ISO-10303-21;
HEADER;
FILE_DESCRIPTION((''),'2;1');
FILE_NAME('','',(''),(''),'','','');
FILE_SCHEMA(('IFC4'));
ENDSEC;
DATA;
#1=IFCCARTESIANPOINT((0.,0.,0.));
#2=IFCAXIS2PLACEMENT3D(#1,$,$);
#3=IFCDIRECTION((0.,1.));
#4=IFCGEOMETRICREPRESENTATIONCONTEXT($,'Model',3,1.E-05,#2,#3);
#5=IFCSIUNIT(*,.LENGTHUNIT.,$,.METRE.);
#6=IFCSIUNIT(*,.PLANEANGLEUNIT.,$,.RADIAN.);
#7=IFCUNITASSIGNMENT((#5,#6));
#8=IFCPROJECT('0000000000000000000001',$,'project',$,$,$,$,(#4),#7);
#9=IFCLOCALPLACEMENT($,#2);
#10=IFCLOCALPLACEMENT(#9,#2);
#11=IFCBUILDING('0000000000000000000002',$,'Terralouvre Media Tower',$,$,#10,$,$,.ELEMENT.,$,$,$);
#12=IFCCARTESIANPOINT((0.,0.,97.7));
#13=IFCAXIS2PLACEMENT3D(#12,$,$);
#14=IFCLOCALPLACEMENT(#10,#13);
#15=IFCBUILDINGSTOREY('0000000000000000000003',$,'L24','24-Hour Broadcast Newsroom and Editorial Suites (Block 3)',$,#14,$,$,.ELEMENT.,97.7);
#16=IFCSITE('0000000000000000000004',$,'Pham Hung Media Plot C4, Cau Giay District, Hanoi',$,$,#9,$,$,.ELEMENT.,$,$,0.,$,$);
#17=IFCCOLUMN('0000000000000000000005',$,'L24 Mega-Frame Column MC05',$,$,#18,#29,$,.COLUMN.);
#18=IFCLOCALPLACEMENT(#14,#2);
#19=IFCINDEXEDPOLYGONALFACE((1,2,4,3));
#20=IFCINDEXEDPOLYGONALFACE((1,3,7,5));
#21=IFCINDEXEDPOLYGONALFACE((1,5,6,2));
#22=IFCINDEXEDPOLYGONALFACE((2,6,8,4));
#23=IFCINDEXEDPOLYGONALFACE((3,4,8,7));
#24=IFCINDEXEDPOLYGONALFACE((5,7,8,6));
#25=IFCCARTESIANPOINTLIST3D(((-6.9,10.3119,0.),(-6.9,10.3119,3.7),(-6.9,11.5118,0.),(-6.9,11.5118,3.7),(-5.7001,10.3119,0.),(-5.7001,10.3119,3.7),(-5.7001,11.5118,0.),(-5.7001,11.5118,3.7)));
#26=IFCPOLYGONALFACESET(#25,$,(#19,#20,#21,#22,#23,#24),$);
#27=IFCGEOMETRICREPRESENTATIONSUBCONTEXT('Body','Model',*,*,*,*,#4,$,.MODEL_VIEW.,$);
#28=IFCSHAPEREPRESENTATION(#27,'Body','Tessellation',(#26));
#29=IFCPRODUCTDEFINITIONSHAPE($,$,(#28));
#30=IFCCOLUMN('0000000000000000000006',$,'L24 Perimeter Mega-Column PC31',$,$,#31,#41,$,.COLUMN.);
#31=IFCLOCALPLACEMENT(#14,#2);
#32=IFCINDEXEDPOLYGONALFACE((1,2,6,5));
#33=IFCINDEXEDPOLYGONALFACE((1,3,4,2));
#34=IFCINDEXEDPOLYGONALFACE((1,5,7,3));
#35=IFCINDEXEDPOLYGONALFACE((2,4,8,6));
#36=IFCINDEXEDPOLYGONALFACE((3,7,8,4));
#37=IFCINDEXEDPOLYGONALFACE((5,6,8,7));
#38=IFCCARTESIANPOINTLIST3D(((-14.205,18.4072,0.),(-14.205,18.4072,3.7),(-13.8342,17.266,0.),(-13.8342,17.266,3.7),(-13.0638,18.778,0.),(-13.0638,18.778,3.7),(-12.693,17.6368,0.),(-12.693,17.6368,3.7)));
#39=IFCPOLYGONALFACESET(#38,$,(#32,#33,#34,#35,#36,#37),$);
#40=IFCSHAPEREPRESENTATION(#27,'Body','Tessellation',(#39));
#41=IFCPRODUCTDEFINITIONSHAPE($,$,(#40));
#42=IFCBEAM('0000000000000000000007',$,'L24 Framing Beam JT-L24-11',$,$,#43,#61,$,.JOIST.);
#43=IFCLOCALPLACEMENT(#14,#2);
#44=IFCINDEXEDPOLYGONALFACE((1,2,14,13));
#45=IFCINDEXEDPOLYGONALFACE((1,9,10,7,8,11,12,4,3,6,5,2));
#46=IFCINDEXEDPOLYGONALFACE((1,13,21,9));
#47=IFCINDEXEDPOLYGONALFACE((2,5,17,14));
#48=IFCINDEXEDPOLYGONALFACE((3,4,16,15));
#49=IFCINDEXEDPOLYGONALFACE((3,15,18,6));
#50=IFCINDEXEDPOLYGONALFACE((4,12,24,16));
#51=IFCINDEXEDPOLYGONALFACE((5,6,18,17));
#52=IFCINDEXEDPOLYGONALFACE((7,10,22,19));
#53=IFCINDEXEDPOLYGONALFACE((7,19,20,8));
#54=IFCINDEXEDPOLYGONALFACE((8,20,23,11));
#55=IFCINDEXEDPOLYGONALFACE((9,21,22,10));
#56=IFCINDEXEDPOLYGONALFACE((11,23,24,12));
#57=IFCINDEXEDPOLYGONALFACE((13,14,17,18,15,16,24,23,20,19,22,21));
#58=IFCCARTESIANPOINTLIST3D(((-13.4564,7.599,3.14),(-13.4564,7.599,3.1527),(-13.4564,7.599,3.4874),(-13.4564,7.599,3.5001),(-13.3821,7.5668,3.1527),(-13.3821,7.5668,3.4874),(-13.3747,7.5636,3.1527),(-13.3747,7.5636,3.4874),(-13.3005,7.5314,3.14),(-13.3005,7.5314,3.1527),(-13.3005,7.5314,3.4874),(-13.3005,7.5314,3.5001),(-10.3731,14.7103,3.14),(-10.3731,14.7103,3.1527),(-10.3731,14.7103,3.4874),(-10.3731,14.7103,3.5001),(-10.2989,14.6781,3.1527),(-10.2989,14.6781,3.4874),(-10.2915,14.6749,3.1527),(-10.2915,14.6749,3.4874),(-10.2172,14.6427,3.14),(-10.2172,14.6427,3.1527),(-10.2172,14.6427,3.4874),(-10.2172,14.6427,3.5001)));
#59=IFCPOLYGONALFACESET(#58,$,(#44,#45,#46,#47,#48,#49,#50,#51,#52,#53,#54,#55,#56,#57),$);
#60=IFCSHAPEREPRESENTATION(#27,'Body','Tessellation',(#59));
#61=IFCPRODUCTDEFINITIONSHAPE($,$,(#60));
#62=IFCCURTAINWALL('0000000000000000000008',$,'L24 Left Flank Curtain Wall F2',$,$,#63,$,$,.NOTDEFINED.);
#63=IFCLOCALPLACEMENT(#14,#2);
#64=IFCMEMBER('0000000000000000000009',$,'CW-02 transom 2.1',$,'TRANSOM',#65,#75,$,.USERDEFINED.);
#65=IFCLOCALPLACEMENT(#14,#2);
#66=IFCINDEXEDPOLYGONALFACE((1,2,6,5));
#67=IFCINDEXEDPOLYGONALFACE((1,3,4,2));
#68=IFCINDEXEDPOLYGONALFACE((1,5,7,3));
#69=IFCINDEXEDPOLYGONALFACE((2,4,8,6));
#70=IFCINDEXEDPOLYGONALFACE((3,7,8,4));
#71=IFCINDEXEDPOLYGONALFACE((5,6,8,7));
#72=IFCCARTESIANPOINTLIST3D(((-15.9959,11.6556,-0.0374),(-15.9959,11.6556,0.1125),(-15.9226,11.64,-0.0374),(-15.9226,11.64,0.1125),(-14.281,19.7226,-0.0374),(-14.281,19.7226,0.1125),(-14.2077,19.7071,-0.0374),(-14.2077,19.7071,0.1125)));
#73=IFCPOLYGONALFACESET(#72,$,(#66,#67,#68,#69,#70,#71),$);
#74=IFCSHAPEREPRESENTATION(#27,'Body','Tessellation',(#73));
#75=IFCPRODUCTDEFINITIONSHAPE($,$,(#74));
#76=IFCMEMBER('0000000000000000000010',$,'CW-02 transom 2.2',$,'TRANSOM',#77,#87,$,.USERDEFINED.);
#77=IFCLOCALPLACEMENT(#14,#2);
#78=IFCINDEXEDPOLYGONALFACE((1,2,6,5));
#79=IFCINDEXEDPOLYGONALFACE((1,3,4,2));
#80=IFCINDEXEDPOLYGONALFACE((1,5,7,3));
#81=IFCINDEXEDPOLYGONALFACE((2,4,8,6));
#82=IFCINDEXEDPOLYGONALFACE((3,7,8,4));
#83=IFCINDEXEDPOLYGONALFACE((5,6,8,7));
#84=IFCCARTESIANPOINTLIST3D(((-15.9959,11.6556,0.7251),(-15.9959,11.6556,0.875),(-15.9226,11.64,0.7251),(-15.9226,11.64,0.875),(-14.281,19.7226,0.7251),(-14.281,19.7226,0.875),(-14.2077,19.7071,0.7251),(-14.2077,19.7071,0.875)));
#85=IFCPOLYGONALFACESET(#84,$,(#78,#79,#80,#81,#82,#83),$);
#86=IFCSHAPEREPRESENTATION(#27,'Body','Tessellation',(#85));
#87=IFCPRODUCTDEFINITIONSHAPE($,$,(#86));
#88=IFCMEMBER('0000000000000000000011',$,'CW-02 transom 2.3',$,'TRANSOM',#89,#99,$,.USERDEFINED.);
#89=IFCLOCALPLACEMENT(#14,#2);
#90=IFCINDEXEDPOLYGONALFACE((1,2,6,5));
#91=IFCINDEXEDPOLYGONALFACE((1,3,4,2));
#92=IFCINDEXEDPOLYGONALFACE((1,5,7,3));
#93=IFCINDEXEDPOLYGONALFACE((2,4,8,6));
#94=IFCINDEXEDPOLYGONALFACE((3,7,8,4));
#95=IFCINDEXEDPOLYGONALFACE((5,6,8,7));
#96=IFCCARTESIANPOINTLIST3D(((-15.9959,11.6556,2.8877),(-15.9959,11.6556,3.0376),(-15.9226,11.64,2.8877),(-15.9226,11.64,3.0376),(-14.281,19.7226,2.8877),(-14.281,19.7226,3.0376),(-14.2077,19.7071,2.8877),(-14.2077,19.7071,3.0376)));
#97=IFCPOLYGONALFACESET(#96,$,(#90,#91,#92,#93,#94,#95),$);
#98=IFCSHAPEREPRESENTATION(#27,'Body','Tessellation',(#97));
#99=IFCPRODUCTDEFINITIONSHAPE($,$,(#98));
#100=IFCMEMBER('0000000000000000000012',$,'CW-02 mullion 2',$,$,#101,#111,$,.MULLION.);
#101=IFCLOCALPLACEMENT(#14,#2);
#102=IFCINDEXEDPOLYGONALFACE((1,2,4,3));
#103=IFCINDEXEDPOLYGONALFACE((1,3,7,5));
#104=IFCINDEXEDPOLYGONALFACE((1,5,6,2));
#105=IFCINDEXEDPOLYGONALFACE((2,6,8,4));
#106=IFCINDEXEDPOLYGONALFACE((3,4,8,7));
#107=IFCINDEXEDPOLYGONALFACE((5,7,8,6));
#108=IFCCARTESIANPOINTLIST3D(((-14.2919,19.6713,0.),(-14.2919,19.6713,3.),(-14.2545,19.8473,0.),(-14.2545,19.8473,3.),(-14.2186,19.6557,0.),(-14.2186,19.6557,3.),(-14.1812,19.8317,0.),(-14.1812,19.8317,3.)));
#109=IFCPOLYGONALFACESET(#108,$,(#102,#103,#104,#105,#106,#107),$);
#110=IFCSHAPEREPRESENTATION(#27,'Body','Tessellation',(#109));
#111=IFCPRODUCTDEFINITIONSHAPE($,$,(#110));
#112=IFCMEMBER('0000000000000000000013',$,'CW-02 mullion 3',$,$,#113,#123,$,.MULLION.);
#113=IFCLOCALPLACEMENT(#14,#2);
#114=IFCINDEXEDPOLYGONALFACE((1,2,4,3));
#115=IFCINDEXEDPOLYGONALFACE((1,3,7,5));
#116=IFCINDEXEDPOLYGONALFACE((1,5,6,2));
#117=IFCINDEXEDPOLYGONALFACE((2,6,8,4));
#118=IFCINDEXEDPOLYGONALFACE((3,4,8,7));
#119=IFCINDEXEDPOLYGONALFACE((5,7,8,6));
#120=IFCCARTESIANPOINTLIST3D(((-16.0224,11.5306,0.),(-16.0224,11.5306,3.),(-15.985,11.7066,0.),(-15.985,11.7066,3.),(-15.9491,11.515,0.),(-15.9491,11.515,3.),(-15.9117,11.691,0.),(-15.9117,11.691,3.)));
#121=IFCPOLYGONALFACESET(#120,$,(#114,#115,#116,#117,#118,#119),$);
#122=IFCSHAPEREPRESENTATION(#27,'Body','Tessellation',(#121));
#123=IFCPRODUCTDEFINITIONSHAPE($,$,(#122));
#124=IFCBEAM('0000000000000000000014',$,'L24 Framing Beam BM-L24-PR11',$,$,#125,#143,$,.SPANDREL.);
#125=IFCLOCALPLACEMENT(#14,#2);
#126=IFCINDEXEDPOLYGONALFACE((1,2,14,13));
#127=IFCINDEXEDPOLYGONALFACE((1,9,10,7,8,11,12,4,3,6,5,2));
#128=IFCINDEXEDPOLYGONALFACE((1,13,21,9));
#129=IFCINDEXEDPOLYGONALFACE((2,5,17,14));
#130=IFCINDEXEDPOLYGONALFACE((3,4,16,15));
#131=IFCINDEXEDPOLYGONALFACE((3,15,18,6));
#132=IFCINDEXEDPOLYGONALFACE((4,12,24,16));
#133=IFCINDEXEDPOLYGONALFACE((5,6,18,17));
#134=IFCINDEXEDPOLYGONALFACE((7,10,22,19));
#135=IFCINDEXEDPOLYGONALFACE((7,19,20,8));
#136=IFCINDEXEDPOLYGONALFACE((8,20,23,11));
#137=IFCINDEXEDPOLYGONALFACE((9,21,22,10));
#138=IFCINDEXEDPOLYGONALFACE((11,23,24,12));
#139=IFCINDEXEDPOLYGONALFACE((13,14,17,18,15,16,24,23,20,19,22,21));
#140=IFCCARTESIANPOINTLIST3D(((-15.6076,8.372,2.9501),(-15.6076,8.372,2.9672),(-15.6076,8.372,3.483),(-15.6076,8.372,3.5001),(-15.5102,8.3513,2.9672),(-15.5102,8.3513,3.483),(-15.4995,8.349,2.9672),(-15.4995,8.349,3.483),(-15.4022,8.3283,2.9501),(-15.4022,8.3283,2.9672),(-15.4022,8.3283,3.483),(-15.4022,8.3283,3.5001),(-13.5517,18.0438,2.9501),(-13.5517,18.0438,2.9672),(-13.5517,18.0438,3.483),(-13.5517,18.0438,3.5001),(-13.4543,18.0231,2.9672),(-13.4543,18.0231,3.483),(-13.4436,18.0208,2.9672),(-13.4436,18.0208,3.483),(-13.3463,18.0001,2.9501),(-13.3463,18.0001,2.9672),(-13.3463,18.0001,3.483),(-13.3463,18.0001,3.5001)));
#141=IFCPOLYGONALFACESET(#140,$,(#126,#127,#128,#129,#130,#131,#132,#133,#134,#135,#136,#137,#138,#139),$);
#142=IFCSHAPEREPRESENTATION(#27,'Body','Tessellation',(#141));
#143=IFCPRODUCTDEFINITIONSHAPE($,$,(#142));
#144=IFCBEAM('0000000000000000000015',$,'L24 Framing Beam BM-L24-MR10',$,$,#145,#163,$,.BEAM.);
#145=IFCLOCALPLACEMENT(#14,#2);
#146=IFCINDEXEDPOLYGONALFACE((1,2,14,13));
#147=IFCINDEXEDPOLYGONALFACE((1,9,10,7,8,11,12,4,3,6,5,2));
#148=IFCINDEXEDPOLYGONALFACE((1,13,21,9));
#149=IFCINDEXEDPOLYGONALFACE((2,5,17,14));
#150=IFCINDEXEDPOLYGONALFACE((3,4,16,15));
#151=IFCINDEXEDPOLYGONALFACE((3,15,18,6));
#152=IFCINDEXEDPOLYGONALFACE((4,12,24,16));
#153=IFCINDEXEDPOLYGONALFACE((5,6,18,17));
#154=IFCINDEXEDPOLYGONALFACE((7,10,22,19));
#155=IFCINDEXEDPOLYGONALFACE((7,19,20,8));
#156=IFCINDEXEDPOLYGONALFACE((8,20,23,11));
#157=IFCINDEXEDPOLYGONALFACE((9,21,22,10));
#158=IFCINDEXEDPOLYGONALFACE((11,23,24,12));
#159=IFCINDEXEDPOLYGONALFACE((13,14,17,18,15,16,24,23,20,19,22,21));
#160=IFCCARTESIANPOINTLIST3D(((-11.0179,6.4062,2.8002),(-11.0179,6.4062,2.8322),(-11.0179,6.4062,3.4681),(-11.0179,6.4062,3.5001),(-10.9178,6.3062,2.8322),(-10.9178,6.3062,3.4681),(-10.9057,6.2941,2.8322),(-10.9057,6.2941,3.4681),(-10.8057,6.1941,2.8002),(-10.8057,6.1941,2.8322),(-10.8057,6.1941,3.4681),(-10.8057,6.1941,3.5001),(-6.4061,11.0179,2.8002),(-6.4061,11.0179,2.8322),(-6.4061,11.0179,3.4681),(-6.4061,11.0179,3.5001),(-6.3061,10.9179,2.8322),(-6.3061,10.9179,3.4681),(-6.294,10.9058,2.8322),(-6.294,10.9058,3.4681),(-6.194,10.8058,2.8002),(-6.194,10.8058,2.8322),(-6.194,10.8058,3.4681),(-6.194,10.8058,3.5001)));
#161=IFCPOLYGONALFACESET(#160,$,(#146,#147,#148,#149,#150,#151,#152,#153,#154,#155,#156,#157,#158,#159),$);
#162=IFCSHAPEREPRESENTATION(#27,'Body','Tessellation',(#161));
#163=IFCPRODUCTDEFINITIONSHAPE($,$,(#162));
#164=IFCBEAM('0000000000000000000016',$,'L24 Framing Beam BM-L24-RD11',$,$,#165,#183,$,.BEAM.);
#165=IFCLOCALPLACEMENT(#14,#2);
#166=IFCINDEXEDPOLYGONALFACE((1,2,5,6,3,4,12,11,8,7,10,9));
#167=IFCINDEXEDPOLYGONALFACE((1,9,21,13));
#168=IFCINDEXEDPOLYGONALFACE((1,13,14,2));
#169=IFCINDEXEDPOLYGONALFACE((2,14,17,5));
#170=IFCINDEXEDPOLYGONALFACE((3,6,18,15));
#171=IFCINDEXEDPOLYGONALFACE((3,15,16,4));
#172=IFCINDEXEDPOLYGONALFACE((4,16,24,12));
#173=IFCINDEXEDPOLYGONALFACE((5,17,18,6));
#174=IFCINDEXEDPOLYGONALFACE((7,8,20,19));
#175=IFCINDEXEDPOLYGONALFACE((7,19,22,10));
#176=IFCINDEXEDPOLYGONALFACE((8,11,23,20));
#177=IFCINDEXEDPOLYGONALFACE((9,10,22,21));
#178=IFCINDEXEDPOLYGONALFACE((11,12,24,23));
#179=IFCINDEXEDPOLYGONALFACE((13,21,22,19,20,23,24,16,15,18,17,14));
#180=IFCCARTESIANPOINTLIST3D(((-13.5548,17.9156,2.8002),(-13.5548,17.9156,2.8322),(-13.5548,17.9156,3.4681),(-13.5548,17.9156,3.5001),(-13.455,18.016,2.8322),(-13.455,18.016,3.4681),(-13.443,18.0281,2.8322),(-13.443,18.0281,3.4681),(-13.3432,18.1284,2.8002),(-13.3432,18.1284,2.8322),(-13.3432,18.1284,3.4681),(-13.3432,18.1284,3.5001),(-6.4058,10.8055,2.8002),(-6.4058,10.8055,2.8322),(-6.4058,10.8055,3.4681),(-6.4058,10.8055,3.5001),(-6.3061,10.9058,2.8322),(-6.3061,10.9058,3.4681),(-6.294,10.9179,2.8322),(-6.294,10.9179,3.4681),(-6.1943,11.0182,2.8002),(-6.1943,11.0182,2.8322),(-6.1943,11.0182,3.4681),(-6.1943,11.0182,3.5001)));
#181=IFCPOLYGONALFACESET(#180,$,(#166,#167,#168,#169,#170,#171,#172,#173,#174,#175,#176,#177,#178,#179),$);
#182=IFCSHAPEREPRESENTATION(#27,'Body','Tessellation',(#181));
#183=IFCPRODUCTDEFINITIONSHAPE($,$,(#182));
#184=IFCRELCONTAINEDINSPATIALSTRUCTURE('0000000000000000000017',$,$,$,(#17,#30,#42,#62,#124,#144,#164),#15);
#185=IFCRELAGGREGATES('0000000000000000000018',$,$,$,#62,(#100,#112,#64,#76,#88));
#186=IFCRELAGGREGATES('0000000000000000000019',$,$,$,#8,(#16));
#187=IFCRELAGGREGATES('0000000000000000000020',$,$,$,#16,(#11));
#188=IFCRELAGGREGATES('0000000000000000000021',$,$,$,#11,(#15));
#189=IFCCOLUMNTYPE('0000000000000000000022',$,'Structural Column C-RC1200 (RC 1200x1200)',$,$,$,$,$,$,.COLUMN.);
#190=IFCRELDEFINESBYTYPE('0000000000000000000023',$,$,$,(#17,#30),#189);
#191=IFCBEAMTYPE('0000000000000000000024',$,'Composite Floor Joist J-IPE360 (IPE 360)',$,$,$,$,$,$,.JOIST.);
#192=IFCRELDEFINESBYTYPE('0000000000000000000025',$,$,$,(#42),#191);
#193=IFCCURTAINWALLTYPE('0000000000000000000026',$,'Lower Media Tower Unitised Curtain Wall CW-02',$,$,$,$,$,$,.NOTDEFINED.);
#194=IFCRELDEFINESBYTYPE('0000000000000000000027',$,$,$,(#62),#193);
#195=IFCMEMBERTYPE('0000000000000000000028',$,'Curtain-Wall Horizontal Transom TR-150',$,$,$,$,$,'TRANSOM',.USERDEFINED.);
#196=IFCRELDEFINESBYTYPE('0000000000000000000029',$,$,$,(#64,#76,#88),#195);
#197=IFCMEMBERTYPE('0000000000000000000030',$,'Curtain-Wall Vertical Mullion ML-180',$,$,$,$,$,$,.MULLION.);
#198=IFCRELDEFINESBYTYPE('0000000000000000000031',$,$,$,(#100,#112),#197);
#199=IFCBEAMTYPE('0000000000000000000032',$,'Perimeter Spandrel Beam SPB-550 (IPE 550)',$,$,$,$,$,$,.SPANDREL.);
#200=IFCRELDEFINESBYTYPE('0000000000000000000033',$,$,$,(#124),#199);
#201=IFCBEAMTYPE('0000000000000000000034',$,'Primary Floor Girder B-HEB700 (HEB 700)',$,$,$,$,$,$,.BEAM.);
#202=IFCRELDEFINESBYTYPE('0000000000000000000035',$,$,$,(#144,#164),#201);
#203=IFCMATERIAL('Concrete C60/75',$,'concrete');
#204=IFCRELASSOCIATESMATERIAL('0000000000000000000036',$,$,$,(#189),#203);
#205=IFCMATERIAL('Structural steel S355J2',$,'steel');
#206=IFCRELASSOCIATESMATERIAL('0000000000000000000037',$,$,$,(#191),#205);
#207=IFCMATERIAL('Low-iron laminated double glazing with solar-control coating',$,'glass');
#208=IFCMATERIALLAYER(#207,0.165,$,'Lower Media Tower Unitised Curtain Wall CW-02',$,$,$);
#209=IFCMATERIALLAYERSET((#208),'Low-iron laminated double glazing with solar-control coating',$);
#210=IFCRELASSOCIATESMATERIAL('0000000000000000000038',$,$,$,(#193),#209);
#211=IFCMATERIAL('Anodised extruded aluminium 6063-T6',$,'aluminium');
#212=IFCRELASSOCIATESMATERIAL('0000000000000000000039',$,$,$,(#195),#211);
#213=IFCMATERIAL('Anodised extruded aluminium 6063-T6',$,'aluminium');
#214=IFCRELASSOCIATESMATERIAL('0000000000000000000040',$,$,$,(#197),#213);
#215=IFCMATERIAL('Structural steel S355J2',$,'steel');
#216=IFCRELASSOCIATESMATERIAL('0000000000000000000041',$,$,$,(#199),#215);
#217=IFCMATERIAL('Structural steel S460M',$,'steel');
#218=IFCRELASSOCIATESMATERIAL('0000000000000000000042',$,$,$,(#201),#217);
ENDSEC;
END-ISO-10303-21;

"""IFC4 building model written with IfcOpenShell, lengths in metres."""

from ifc_helpers import new_model, si_unit, direction, frame, origin, origin_2d, place, context, subcontext, project, spatial, rectangle, i_section, extrude, material, layer, layer_set, material_profile, profile_set, type_object, element, aggregate, save


model = new_model("IFC4")

# Units and contexts
model_context = context("Model", 3, precision=1e-05, world=origin(), true_north=direction((0.0, 1.0)))
body_context = subcontext(model_context, "Body", "Model", "MODEL_VIEW")
ifc_project = project(units=[si_unit("LENGTHUNIT", "METRE"), si_unit("PLANEANGLEUNIT", "RADIAN")], contexts=[model_context])

# Site, building, storey
site_placement = place(None, origin())
site = spatial("IfcSite", under=ifc_project, at=site_placement, Name="Pham Hung Media Plot C4, Cau Giay District, Hanoi", CompositionType="ELEMENT", RefElevation=0.0)
building_placement = place(site_placement, origin())
building = spatial("IfcBuilding", under=site, at=building_placement, Name="Terralouvre Media Tower", CompositionType="ELEMENT")
storey_placement = place(building_placement, frame((0.0, 0.0, 97.7)))
storey = spatial("IfcBuildingStorey", under=building, at=storey_placement, Name="L24", Description="24-Hour Broadcast Newsroom and Editorial Suites (Block 3)", CompositionType="ELEMENT", Elevation=97.7)

# Columns
ifc_material_1 = material(Name="Concrete C60/75", Category="concrete")
ifc_material_profile_1 = material_profile(ifc_material_1, rectangle(XDim=1.2, YDim=1.2, at=origin_2d()), Name="RC 1200x1200")
ifc_profile_set_1 = profile_set([ifc_material_profile_1], Name="Concrete C60/75")
column_type = type_object("IfcColumnType", Name="Structural Column C-RC1200 (RC 1200x1200)", PredefinedType="COLUMN", material=ifc_profile_set_1)
for number, where, z_axis, x_axis, name in (
    (1, (-6.3, 10.9119, 0.0), (0.0, 0.0, 1.0), (1.0, 0.0, 0.0), "L24 Mega-Frame Column MC05"),
    (2, (-13.449, 18.022, 0.0), (0.0, 0.0, 1.0), (0.951057, 0.309017, 0.0), "L24 Perimeter Mega-Column PC31"),
):
    element("IfcColumn", number, at=place(storey_placement, frame(where, z_axis=z_axis, x_axis=x_axis)), inside=storey, type_object=column_type, Name=name, PredefinedType="COLUMN", context=body_context, shape_type="SweptSolid", body=[
        extrude(rectangle(XDim=1.2, YDim=1.2, at=origin_2d()), origin(), (0.0, 0.0, 1.0), 3.7),
    ])

# Beam
ifc_material_2 = material(Name="Structural steel S355J2", Category="steel")
ifc_material_profile_2 = material_profile(ifc_material_2, i_section(OverallWidth=0.1699, OverallDepth=0.3601, WebThickness=0.0081, FlangeThickness=0.0127, at=origin_2d()), Name="IPE 360")
ifc_profile_set_2 = profile_set([ifc_material_profile_2], Name="Structural steel S355J2")
beam_type_1 = type_object("IfcBeamType", Name="Composite Floor Joist J-IPE360 (IPE 360)", PredefinedType="JOIST", material=ifc_profile_set_2)
beam_1_placement = place(storey_placement, frame((-10.2952, 14.6765, 3.3201), z_axis=(-0.39779, -0.917477, 0.0), x_axis=(0.917477, -0.39779, 0.0)))
element("IfcBeam", 3, at=beam_1_placement, inside=storey, type_object=beam_type_1, Name="L24 Framing Beam JT-L24-11", PredefinedType="JOIST", context=body_context, shape_type="SweptSolid", body=[
    extrude(i_section(OverallWidth=0.1699, OverallDepth=0.3601, WebThickness=0.0081, FlangeThickness=0.0127, at=origin_2d()), origin(), (0.0, 0.0, 1.0), 7.751),
])

# Curtain wall, members
ifc_material_3 = material(Name="Low-iron laminated double glazing with solar-control coating", Category="glass")
ifc_layer_1 = layer(ifc_material_3, 0.165, Name="Lower Media Tower Unitised Curtain Wall CW-02")
ifc_layer_set_1 = layer_set([ifc_layer_1], Name="Low-iron laminated double glazing with solar-control coating")
curtain_wall_type = type_object("IfcCurtainWallType", Name="Lower Media Tower Unitised Curtain Wall CW-02", PredefinedType="NOTDEFINED", material=ifc_layer_set_1)
curtain_wall_placement = place(storey_placement, origin())
curtain_wall = element("IfcCurtainWall", 4, at=curtain_wall_placement, inside=storey, type_object=curtain_wall_type, Name="L24 Left Flank Curtain Wall F2", PredefinedType="NOTDEFINED")
ifc_material_4 = material(Name="Anodised extruded aluminium 6063-T6", Category="aluminium")
ifc_material_profile_3 = material_profile(ifc_material_4, rectangle(XDim=0.075, YDim=0.1499, at=origin_2d()), Name="ALU 75x150")
ifc_profile_set_3 = profile_set([ifc_material_profile_3], Name="Anodised extruded aluminium 6063-T6")
member_type_1 = type_object("IfcMemberType", Name="Curtain-Wall Horizontal Transom TR-150", ElementType="TRANSOM", PredefinedType="USERDEFINED", material=ifc_profile_set_3)
member_1_placement = place(storey_placement, frame((-14.2444, 19.7148, 0.0376), z_axis=(-0.207926, -0.978145, 0.0), x_axis=(0.978145, -0.207926, 0.0)))
member_1 = element("IfcMember", 5, at=member_1_placement, type_object=member_type_1, Name="CW-02 transom 2.1", ObjectType="TRANSOM", PredefinedType="USERDEFINED", context=body_context, shape_type="SweptSolid", body=[
    extrude(rectangle(XDim=0.075, YDim=0.1499, at=origin_2d()), origin(), (0.0, 0.0, 1.0), 8.2473),
])
member_2_placement = place(storey_placement, frame((-14.2444, 19.7148, 0.8), z_axis=(-0.207926, -0.978145, 0.0), x_axis=(0.978145, -0.207926, 0.0)))
member_2 = element("IfcMember", 6, at=member_2_placement, type_object=member_type_1, Name="CW-02 transom 2.2", ObjectType="TRANSOM", PredefinedType="USERDEFINED", context=body_context, shape_type="SweptSolid", body=[
    extrude(rectangle(XDim=0.075, YDim=0.1499, at=origin_2d()), origin(), (0.0, 0.0, 1.0), 8.2473),
])
member_3_placement = place(storey_placement, frame((-14.2444, 19.7148, 2.9626), z_axis=(-0.207926, -0.978145, 0.0), x_axis=(0.978145, -0.207926, 0.0)))
member_3 = element("IfcMember", 7, at=member_3_placement, type_object=member_type_1, Name="CW-02 transom 2.3", ObjectType="TRANSOM", PredefinedType="USERDEFINED", context=body_context, shape_type="SweptSolid", body=[
    extrude(rectangle(XDim=0.075, YDim=0.1499, at=origin_2d()), origin(), (0.0, 0.0, 1.0), 8.2473),
])
ifc_material_5 = material(Name="Anodised extruded aluminium 6063-T6", Category="aluminium")
ifc_material_profile_4 = material_profile(ifc_material_5, rectangle(XDim=0.075, YDim=0.1799, at=origin_2d()), Name="ALU 75x180")
ifc_profile_set_4 = profile_set([ifc_material_profile_4], Name="Anodised extruded aluminium 6063-T6")
member_type_2 = type_object("IfcMemberType", Name="Curtain-Wall Vertical Mullion ML-180", PredefinedType="MULLION", material=ifc_profile_set_4)
member_4_placement = place(storey_placement, frame((-14.2366, 19.7515, 0.0), z_axis=(0.0, 0.0, 1.0), x_axis=(0.978148, -0.207912, 0.0)))
member_4 = element("IfcMember", 8, at=member_4_placement, type_object=member_type_2, Name="CW-02 mullion 2", PredefinedType="MULLION", context=body_context, shape_type="SweptSolid", body=[
    extrude(rectangle(XDim=0.075, YDim=0.1799, at=origin_2d()), origin(), (0.0, 0.0, 1.0), 3.0),
])
member_5_placement = place(storey_placement, frame((-15.967, 11.6108, 0.0), z_axis=(0.0, 0.0, 1.0), x_axis=(0.978148, -0.207912, 0.0)))
member_5 = element("IfcMember", 9, at=member_5_placement, type_object=member_type_2, Name="CW-02 mullion 3", PredefinedType="MULLION", context=body_context, shape_type="SweptSolid", body=[
    extrude(rectangle(XDim=0.075, YDim=0.1799, at=origin_2d()), origin(), (0.0, 0.0, 1.0), 3.0),
])

# Beams
ifc_material_6 = material(Name="Structural steel S355J2", Category="steel")
ifc_material_profile_5 = material_profile(ifc_material_6, i_section(OverallWidth=0.21, OverallDepth=0.55, WebThickness=0.011, FlangeThickness=0.0171, at=origin_2d()), Name="IPE 550")
ifc_profile_set_5 = profile_set([ifc_material_profile_5], Name="Structural steel S355J2")
beam_type_2 = type_object("IfcBeamType", Name="Perimeter Spandrel Beam SPB-550 (IPE 550)", PredefinedType="SPANDREL", material=ifc_profile_set_5)
beam_2_placement = place(storey_placement, frame((-13.449, 18.022, 3.2251), z_axis=(-0.20792, -0.978146, 0.0), x_axis=(0.978146, -0.20792, 0.0)))
element("IfcBeam", 10, at=beam_2_placement, inside=storey, type_object=beam_type_2, Name="L24 Framing Beam BM-L24-PR11", PredefinedType="SPANDREL", context=body_context, shape_type="SweptSolid", body=[
    extrude(i_section(OverallWidth=0.21, OverallDepth=0.55, WebThickness=0.011, FlangeThickness=0.0171, at=origin_2d()), origin(), (0.0, 0.0, 1.0), 9.8879),
])
ifc_material_7 = material(Name="Structural steel S460M", Category="steel")
ifc_material_profile_6 = material_profile(ifc_material_7, i_section(OverallWidth=0.3, OverallDepth=0.7, WebThickness=0.0171, FlangeThickness=0.032, at=origin_2d()), Name="HEB 700")
ifc_profile_set_6 = profile_set([ifc_material_profile_6], Name="Structural steel S460M")
beam_type_3 = type_object("IfcBeamType", Name="Primary Floor Girder B-HEB700 (HEB 700)", PredefinedType="BEAM", material=ifc_profile_set_6)
beam_3_placement = place(storey_placement, frame((-6.3, 10.9119, 3.1501), z_axis=(-0.707107, -0.707107, 0.0), x_axis=(0.707107, -0.707107, 0.0)))
element("IfcBeam", 11, at=beam_3_placement, inside=storey, type_object=beam_type_3, Name="L24 Framing Beam BM-L24-MR10", PredefinedType="BEAM", context=body_context, shape_type="SweptSolid", body=[
    extrude(i_section(OverallWidth=0.3, OverallDepth=0.7, WebThickness=0.0171, FlangeThickness=0.032, at=origin_2d()), origin(), (0.0, 0.0, 1.0), 6.522),
])
beam_4_placement = place(storey_placement, frame((-6.3, 10.9119, 3.1501), z_axis=(-0.709029, 0.705179, 0.0), x_axis=(-0.705179, -0.709029, 0.0)))
element("IfcBeam", 12, at=beam_4_placement, inside=storey, type_object=beam_type_3, Name="L24 Framing Beam BM-L24-RD11", PredefinedType="BEAM", context=body_context, shape_type="SweptSolid", body=[
    extrude(i_section(OverallWidth=0.3, OverallDepth=0.7, WebThickness=0.0171, FlangeThickness=0.032, at=origin_2d()), origin(), (0.0, 0.0, 1.0), 10.0828),
])

aggregate(curtain_wall, [member_4, member_5, member_1, member_2, member_3])

save(model, "model.ifc")
